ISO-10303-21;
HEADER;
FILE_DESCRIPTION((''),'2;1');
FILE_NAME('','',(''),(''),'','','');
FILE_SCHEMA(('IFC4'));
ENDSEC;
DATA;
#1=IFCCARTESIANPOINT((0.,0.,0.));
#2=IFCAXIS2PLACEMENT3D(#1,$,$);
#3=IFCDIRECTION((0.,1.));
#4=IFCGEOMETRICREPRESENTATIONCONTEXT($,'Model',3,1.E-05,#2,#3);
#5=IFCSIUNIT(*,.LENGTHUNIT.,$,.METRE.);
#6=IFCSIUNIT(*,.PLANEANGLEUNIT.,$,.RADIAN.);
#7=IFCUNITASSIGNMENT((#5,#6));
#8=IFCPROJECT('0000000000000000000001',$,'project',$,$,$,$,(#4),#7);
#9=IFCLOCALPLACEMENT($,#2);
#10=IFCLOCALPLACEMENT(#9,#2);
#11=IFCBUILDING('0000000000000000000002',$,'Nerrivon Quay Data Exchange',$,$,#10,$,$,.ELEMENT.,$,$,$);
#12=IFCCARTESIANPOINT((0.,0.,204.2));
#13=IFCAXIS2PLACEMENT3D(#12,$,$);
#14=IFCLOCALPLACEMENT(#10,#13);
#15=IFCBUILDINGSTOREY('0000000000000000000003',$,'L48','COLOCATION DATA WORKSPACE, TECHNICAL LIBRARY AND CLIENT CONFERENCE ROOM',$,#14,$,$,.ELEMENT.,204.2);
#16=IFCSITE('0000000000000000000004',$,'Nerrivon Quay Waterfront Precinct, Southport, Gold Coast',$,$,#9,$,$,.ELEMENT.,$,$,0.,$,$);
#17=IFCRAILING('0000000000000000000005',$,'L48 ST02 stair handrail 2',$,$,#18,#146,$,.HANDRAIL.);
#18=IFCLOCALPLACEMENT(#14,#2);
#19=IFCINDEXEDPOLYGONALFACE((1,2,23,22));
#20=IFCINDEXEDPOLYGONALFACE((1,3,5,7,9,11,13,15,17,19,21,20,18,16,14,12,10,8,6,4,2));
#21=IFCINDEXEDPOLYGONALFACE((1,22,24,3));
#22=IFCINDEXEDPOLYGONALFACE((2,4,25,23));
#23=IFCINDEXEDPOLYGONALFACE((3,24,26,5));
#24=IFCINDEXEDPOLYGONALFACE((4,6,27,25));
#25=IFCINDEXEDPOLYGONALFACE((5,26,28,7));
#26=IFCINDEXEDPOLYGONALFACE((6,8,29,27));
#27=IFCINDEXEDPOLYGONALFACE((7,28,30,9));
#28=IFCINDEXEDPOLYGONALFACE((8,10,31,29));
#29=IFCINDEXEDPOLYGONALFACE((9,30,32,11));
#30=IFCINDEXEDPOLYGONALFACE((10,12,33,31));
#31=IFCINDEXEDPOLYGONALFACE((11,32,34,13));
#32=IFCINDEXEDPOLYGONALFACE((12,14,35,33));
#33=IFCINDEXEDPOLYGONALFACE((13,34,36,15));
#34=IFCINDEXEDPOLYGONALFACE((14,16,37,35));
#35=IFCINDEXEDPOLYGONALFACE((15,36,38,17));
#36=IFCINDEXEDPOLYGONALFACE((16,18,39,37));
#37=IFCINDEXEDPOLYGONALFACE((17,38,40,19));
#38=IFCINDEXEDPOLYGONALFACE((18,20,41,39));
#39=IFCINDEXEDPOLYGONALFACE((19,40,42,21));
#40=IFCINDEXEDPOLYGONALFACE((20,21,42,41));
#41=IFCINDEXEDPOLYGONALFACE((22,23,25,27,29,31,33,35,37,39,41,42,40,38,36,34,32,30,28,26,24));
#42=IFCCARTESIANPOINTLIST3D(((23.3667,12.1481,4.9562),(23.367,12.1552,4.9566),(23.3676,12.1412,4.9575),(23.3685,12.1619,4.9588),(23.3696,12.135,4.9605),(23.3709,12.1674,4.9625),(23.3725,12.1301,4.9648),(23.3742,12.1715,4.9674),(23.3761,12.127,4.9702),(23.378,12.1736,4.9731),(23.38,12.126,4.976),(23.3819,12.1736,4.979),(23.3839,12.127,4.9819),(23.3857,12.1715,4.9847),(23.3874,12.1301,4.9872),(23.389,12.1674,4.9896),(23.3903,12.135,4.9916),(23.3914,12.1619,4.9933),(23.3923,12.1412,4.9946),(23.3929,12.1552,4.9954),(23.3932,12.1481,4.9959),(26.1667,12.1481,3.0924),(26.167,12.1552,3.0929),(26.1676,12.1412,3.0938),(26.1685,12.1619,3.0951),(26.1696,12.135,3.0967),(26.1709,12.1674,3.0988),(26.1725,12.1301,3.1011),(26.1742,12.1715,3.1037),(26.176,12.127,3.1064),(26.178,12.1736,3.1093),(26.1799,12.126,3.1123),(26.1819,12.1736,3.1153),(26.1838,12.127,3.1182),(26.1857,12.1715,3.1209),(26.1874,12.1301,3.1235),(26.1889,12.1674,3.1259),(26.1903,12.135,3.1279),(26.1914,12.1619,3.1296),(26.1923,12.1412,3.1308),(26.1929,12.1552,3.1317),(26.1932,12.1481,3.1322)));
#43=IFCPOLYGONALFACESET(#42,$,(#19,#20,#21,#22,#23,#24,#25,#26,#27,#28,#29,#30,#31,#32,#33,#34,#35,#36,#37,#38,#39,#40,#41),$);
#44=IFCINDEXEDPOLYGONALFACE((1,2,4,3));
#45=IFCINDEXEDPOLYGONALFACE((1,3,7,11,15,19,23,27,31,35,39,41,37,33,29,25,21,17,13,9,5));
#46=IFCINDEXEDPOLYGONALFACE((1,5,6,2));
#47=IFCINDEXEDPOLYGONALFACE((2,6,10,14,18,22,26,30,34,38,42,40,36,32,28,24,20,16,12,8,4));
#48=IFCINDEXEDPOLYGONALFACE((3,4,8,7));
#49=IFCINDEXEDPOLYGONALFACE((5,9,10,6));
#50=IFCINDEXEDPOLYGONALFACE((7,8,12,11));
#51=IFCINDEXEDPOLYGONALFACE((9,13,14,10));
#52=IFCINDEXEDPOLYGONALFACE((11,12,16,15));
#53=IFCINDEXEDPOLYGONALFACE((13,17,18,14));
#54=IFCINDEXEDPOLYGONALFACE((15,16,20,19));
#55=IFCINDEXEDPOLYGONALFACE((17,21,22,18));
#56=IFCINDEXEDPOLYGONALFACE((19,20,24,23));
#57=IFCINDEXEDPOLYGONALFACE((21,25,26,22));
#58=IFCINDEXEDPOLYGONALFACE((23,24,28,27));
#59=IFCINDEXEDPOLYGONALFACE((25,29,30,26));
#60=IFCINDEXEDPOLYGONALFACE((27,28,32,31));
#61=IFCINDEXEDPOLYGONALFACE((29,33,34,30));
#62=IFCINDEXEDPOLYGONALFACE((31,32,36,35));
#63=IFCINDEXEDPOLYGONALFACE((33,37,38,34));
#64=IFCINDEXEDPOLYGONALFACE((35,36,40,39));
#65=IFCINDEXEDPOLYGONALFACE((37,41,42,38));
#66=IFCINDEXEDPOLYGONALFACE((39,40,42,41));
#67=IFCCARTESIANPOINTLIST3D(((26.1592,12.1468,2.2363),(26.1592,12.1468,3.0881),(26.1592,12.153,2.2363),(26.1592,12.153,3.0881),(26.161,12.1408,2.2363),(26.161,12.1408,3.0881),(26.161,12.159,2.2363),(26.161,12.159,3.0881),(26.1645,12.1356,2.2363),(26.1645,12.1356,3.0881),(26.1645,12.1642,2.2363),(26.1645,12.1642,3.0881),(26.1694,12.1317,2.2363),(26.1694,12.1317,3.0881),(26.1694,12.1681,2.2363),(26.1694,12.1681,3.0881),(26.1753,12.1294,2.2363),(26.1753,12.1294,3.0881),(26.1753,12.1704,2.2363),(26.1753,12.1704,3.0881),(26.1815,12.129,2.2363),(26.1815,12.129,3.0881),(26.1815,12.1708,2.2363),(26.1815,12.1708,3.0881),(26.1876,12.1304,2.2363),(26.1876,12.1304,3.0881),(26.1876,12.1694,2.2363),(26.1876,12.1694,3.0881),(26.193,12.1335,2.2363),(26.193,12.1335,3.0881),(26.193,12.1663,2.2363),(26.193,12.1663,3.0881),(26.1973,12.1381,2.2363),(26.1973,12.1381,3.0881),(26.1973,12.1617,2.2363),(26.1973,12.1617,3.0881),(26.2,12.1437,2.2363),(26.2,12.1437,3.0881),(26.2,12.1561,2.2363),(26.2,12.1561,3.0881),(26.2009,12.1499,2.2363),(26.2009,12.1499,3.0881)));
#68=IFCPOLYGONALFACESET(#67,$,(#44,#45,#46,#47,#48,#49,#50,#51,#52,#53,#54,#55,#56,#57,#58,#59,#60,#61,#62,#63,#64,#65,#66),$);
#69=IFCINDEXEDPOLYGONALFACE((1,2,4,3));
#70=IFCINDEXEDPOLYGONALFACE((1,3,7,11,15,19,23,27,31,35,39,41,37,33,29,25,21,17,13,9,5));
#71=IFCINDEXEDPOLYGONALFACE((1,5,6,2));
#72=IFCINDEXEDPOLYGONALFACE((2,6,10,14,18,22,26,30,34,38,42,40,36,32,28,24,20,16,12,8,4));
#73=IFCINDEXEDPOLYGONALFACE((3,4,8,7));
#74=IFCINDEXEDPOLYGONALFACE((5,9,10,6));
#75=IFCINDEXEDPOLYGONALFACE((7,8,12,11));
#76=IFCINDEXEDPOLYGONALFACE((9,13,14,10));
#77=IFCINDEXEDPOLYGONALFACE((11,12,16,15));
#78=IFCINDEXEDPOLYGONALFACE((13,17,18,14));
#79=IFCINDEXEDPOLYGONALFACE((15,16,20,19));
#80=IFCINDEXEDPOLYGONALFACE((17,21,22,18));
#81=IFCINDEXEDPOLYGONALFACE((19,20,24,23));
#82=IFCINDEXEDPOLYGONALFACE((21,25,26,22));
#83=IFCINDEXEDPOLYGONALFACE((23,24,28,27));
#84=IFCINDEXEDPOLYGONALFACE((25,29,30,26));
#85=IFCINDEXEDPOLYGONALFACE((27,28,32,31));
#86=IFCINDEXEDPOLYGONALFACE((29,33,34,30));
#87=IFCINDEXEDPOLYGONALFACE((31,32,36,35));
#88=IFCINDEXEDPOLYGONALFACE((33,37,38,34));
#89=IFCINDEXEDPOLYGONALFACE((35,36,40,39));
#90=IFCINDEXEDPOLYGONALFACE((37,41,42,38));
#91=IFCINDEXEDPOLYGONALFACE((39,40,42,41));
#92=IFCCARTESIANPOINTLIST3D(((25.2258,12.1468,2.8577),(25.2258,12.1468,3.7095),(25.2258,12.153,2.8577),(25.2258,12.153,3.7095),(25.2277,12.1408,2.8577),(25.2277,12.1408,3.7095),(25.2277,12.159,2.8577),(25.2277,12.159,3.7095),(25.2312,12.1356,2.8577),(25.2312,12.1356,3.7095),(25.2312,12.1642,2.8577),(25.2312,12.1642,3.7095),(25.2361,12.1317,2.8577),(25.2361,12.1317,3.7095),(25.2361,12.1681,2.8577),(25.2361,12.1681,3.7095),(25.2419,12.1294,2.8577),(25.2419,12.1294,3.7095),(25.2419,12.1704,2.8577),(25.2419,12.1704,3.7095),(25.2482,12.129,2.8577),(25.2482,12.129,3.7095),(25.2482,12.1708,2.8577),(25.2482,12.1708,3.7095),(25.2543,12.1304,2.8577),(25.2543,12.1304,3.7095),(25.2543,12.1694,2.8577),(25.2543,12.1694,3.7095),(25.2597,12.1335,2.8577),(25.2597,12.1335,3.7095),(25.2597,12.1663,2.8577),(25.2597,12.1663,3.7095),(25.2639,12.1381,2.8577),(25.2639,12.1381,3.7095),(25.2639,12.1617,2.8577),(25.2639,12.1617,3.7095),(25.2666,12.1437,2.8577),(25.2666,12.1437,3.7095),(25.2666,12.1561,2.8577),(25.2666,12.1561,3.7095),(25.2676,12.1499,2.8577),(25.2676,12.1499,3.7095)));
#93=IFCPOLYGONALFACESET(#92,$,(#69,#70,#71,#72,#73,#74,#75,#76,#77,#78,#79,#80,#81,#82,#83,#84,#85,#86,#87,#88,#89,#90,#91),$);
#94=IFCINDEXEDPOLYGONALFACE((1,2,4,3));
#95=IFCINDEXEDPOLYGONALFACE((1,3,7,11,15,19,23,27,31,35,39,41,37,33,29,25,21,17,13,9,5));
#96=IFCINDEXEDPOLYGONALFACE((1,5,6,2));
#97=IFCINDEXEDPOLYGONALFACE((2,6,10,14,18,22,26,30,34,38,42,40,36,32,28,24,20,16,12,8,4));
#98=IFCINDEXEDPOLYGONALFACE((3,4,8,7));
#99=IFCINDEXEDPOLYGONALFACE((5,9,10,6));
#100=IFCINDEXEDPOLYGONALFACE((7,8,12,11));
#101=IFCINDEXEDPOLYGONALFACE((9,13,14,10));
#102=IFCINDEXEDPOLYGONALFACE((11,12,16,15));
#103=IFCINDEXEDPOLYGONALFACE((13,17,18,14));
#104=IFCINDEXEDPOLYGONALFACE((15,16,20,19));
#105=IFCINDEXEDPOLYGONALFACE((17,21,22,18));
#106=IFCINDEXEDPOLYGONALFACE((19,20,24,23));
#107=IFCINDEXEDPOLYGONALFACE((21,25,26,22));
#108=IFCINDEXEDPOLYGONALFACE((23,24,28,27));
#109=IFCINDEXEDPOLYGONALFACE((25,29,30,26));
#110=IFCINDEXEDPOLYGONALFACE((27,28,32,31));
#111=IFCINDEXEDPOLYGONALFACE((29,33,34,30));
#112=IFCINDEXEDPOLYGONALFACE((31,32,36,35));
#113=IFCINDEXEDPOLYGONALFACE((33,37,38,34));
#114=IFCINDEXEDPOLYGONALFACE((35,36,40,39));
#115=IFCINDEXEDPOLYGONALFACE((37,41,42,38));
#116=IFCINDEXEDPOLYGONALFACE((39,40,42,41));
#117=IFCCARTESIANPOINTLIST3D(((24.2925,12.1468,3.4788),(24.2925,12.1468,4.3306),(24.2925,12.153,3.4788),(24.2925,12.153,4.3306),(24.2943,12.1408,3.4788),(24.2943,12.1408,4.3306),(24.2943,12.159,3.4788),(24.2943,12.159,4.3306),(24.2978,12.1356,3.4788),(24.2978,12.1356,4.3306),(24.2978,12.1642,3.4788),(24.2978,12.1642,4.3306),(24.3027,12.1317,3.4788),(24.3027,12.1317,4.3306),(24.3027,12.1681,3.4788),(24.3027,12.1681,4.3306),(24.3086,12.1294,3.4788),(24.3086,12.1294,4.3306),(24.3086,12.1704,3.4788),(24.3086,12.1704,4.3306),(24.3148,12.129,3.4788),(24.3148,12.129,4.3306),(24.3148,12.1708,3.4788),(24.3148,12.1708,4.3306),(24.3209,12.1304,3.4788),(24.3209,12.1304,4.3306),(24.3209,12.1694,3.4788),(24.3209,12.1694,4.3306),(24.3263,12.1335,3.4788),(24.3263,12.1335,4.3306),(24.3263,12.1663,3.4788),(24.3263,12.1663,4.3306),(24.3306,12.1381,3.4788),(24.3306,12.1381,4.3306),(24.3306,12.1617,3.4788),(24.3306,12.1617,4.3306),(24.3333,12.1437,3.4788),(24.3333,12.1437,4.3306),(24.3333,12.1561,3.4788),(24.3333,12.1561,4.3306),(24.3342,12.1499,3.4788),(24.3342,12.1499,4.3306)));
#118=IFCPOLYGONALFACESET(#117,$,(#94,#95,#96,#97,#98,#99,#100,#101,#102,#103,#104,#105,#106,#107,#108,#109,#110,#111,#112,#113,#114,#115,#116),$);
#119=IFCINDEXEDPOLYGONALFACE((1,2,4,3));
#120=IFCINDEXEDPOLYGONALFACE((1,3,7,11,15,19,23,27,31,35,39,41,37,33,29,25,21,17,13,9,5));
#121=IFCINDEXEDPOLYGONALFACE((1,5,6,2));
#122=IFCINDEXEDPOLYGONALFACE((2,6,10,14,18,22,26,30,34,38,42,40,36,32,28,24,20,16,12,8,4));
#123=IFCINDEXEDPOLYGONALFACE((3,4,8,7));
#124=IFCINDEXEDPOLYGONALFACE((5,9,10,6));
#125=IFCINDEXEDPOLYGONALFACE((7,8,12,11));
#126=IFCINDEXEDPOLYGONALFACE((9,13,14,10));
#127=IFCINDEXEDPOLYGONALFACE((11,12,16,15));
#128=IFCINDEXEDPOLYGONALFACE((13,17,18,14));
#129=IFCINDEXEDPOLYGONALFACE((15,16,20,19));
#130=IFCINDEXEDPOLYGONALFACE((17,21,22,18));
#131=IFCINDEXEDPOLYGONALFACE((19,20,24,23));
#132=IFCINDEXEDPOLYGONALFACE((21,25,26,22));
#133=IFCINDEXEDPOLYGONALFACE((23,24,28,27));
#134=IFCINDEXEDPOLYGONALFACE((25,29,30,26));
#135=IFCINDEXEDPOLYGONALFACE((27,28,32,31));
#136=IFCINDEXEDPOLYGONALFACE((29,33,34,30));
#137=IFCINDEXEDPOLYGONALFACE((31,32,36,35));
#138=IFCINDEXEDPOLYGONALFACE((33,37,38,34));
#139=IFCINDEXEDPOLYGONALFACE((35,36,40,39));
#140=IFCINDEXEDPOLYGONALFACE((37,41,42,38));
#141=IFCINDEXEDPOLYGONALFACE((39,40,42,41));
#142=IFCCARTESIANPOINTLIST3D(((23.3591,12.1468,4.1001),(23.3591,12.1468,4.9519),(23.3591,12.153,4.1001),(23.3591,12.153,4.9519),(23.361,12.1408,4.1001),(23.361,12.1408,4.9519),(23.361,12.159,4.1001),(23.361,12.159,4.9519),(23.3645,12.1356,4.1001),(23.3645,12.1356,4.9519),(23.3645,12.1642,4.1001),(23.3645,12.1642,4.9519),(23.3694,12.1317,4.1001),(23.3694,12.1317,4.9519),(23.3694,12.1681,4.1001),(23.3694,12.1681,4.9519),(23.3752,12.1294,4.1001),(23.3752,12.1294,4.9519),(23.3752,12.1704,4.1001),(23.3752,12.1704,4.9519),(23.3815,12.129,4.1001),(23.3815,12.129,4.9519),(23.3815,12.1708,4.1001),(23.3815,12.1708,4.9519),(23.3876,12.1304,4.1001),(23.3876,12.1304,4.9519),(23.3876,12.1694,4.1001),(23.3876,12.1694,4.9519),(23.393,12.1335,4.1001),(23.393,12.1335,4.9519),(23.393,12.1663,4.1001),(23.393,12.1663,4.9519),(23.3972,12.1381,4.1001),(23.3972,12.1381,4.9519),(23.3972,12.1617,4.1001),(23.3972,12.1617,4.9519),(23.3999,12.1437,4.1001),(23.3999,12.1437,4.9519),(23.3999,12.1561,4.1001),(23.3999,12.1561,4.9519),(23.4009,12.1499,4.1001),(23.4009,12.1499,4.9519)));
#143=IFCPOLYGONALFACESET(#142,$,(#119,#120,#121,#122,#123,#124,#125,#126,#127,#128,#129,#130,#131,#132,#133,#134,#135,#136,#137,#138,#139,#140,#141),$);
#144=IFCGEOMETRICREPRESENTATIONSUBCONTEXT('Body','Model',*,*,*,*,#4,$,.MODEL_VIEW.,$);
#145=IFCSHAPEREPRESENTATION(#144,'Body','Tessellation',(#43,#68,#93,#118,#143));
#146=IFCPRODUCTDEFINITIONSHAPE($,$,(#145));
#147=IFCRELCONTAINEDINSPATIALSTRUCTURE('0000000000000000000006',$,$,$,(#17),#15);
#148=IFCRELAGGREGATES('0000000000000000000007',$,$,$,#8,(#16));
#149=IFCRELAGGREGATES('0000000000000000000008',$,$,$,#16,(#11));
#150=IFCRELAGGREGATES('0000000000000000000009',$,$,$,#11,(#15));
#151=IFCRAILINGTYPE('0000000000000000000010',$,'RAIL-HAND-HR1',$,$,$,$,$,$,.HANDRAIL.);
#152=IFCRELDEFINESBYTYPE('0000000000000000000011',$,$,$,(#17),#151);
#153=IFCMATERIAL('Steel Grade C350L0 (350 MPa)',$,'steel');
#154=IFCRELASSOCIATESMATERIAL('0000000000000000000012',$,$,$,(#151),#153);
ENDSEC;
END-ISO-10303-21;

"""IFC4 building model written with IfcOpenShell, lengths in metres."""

from ifc_helpers import new_model, si_unit, direction, frame, origin, origin_2d, place, context, subcontext, project, spatial, circle, extrude, material, type_object, element, save


model = new_model("IFC4")

# Units and contexts
model_context = context("Model", 3, precision=1e-05, world=origin(), true_north=direction((0.0, 1.0)))
body_context = subcontext(model_context, "Body", "Model", "MODEL_VIEW")
ifc_project = project(units=[si_unit("LENGTHUNIT", "METRE"), si_unit("PLANEANGLEUNIT", "RADIAN")], contexts=[model_context])

# Site, building, storey
site_placement = place(None, origin())
site = spatial("IfcSite", under=ifc_project, at=site_placement, Name="Nerrivon Quay Waterfront Precinct, Southport, Gold Coast", CompositionType="ELEMENT", RefElevation=0.0)
building_placement = place(site_placement, origin())
building = spatial("IfcBuilding", under=site, at=building_placement, Name="Nerrivon Quay Data Exchange", CompositionType="ELEMENT")
storey_placement = place(building_placement, frame((0.0, 0.0, 204.2)))
storey = spatial("IfcBuildingStorey", under=building, at=storey_placement, Name="L48", Description="COLOCATION DATA WORKSPACE, TECHNICAL LIBRARY AND CLIENT CONFERENCE ROOM", CompositionType="ELEMENT", Elevation=204.2)

# Shared definitions
ifc_material_1 = material(Name="Steel Grade C350L0 (350 MPa)", Category="steel")

# Railing
railing_type_1 = type_object("IfcRailingType", Name="RAIL-HAND-HR1", PredefinedType="HANDRAIL", material=ifc_material_1)
railing_1_placement = place(storey_placement, frame((26.1799, 12.1499, 2.2363)))
element("IfcRailing", 1, at=railing_1_placement, inside=storey, type_object=railing_type_1, Name="L48 ST02 stair handrail 2", PredefinedType="HANDRAIL", context=body_context, shape_type="SweptSolid", body=[
    extrude(circle(Radius=0.0239, at=origin_2d()), frame((0.0, 0.0, 0.876), z_axis=(-0.832452, 0.0, 0.554097), x_axis=(0.0, -1.0, 0.0)), (0.0, 0.0, 1.0), 3.3635),
    extrude(circle(Radius=0.021, at=origin_2d()), origin(), (0.0, 0.0, 1.0), 0.8518),
    extrude(circle(Radius=0.021, at=origin_2d()), frame((-0.9333, 0.0, 0.6213)), (0.0, 0.0, 1.0), 0.8518),
    extrude(circle(Radius=0.021, at=origin_2d()), frame((-1.8667, 0.0, 1.2424)), (0.0, 0.0, 1.0), 0.8518),
    extrude(circle(Radius=0.021, at=origin_2d()), frame((-2.8, 0.0, 1.8638)), (0.0, 0.0, 1.0), 0.8518),
])

save(model, "model.ifc")
